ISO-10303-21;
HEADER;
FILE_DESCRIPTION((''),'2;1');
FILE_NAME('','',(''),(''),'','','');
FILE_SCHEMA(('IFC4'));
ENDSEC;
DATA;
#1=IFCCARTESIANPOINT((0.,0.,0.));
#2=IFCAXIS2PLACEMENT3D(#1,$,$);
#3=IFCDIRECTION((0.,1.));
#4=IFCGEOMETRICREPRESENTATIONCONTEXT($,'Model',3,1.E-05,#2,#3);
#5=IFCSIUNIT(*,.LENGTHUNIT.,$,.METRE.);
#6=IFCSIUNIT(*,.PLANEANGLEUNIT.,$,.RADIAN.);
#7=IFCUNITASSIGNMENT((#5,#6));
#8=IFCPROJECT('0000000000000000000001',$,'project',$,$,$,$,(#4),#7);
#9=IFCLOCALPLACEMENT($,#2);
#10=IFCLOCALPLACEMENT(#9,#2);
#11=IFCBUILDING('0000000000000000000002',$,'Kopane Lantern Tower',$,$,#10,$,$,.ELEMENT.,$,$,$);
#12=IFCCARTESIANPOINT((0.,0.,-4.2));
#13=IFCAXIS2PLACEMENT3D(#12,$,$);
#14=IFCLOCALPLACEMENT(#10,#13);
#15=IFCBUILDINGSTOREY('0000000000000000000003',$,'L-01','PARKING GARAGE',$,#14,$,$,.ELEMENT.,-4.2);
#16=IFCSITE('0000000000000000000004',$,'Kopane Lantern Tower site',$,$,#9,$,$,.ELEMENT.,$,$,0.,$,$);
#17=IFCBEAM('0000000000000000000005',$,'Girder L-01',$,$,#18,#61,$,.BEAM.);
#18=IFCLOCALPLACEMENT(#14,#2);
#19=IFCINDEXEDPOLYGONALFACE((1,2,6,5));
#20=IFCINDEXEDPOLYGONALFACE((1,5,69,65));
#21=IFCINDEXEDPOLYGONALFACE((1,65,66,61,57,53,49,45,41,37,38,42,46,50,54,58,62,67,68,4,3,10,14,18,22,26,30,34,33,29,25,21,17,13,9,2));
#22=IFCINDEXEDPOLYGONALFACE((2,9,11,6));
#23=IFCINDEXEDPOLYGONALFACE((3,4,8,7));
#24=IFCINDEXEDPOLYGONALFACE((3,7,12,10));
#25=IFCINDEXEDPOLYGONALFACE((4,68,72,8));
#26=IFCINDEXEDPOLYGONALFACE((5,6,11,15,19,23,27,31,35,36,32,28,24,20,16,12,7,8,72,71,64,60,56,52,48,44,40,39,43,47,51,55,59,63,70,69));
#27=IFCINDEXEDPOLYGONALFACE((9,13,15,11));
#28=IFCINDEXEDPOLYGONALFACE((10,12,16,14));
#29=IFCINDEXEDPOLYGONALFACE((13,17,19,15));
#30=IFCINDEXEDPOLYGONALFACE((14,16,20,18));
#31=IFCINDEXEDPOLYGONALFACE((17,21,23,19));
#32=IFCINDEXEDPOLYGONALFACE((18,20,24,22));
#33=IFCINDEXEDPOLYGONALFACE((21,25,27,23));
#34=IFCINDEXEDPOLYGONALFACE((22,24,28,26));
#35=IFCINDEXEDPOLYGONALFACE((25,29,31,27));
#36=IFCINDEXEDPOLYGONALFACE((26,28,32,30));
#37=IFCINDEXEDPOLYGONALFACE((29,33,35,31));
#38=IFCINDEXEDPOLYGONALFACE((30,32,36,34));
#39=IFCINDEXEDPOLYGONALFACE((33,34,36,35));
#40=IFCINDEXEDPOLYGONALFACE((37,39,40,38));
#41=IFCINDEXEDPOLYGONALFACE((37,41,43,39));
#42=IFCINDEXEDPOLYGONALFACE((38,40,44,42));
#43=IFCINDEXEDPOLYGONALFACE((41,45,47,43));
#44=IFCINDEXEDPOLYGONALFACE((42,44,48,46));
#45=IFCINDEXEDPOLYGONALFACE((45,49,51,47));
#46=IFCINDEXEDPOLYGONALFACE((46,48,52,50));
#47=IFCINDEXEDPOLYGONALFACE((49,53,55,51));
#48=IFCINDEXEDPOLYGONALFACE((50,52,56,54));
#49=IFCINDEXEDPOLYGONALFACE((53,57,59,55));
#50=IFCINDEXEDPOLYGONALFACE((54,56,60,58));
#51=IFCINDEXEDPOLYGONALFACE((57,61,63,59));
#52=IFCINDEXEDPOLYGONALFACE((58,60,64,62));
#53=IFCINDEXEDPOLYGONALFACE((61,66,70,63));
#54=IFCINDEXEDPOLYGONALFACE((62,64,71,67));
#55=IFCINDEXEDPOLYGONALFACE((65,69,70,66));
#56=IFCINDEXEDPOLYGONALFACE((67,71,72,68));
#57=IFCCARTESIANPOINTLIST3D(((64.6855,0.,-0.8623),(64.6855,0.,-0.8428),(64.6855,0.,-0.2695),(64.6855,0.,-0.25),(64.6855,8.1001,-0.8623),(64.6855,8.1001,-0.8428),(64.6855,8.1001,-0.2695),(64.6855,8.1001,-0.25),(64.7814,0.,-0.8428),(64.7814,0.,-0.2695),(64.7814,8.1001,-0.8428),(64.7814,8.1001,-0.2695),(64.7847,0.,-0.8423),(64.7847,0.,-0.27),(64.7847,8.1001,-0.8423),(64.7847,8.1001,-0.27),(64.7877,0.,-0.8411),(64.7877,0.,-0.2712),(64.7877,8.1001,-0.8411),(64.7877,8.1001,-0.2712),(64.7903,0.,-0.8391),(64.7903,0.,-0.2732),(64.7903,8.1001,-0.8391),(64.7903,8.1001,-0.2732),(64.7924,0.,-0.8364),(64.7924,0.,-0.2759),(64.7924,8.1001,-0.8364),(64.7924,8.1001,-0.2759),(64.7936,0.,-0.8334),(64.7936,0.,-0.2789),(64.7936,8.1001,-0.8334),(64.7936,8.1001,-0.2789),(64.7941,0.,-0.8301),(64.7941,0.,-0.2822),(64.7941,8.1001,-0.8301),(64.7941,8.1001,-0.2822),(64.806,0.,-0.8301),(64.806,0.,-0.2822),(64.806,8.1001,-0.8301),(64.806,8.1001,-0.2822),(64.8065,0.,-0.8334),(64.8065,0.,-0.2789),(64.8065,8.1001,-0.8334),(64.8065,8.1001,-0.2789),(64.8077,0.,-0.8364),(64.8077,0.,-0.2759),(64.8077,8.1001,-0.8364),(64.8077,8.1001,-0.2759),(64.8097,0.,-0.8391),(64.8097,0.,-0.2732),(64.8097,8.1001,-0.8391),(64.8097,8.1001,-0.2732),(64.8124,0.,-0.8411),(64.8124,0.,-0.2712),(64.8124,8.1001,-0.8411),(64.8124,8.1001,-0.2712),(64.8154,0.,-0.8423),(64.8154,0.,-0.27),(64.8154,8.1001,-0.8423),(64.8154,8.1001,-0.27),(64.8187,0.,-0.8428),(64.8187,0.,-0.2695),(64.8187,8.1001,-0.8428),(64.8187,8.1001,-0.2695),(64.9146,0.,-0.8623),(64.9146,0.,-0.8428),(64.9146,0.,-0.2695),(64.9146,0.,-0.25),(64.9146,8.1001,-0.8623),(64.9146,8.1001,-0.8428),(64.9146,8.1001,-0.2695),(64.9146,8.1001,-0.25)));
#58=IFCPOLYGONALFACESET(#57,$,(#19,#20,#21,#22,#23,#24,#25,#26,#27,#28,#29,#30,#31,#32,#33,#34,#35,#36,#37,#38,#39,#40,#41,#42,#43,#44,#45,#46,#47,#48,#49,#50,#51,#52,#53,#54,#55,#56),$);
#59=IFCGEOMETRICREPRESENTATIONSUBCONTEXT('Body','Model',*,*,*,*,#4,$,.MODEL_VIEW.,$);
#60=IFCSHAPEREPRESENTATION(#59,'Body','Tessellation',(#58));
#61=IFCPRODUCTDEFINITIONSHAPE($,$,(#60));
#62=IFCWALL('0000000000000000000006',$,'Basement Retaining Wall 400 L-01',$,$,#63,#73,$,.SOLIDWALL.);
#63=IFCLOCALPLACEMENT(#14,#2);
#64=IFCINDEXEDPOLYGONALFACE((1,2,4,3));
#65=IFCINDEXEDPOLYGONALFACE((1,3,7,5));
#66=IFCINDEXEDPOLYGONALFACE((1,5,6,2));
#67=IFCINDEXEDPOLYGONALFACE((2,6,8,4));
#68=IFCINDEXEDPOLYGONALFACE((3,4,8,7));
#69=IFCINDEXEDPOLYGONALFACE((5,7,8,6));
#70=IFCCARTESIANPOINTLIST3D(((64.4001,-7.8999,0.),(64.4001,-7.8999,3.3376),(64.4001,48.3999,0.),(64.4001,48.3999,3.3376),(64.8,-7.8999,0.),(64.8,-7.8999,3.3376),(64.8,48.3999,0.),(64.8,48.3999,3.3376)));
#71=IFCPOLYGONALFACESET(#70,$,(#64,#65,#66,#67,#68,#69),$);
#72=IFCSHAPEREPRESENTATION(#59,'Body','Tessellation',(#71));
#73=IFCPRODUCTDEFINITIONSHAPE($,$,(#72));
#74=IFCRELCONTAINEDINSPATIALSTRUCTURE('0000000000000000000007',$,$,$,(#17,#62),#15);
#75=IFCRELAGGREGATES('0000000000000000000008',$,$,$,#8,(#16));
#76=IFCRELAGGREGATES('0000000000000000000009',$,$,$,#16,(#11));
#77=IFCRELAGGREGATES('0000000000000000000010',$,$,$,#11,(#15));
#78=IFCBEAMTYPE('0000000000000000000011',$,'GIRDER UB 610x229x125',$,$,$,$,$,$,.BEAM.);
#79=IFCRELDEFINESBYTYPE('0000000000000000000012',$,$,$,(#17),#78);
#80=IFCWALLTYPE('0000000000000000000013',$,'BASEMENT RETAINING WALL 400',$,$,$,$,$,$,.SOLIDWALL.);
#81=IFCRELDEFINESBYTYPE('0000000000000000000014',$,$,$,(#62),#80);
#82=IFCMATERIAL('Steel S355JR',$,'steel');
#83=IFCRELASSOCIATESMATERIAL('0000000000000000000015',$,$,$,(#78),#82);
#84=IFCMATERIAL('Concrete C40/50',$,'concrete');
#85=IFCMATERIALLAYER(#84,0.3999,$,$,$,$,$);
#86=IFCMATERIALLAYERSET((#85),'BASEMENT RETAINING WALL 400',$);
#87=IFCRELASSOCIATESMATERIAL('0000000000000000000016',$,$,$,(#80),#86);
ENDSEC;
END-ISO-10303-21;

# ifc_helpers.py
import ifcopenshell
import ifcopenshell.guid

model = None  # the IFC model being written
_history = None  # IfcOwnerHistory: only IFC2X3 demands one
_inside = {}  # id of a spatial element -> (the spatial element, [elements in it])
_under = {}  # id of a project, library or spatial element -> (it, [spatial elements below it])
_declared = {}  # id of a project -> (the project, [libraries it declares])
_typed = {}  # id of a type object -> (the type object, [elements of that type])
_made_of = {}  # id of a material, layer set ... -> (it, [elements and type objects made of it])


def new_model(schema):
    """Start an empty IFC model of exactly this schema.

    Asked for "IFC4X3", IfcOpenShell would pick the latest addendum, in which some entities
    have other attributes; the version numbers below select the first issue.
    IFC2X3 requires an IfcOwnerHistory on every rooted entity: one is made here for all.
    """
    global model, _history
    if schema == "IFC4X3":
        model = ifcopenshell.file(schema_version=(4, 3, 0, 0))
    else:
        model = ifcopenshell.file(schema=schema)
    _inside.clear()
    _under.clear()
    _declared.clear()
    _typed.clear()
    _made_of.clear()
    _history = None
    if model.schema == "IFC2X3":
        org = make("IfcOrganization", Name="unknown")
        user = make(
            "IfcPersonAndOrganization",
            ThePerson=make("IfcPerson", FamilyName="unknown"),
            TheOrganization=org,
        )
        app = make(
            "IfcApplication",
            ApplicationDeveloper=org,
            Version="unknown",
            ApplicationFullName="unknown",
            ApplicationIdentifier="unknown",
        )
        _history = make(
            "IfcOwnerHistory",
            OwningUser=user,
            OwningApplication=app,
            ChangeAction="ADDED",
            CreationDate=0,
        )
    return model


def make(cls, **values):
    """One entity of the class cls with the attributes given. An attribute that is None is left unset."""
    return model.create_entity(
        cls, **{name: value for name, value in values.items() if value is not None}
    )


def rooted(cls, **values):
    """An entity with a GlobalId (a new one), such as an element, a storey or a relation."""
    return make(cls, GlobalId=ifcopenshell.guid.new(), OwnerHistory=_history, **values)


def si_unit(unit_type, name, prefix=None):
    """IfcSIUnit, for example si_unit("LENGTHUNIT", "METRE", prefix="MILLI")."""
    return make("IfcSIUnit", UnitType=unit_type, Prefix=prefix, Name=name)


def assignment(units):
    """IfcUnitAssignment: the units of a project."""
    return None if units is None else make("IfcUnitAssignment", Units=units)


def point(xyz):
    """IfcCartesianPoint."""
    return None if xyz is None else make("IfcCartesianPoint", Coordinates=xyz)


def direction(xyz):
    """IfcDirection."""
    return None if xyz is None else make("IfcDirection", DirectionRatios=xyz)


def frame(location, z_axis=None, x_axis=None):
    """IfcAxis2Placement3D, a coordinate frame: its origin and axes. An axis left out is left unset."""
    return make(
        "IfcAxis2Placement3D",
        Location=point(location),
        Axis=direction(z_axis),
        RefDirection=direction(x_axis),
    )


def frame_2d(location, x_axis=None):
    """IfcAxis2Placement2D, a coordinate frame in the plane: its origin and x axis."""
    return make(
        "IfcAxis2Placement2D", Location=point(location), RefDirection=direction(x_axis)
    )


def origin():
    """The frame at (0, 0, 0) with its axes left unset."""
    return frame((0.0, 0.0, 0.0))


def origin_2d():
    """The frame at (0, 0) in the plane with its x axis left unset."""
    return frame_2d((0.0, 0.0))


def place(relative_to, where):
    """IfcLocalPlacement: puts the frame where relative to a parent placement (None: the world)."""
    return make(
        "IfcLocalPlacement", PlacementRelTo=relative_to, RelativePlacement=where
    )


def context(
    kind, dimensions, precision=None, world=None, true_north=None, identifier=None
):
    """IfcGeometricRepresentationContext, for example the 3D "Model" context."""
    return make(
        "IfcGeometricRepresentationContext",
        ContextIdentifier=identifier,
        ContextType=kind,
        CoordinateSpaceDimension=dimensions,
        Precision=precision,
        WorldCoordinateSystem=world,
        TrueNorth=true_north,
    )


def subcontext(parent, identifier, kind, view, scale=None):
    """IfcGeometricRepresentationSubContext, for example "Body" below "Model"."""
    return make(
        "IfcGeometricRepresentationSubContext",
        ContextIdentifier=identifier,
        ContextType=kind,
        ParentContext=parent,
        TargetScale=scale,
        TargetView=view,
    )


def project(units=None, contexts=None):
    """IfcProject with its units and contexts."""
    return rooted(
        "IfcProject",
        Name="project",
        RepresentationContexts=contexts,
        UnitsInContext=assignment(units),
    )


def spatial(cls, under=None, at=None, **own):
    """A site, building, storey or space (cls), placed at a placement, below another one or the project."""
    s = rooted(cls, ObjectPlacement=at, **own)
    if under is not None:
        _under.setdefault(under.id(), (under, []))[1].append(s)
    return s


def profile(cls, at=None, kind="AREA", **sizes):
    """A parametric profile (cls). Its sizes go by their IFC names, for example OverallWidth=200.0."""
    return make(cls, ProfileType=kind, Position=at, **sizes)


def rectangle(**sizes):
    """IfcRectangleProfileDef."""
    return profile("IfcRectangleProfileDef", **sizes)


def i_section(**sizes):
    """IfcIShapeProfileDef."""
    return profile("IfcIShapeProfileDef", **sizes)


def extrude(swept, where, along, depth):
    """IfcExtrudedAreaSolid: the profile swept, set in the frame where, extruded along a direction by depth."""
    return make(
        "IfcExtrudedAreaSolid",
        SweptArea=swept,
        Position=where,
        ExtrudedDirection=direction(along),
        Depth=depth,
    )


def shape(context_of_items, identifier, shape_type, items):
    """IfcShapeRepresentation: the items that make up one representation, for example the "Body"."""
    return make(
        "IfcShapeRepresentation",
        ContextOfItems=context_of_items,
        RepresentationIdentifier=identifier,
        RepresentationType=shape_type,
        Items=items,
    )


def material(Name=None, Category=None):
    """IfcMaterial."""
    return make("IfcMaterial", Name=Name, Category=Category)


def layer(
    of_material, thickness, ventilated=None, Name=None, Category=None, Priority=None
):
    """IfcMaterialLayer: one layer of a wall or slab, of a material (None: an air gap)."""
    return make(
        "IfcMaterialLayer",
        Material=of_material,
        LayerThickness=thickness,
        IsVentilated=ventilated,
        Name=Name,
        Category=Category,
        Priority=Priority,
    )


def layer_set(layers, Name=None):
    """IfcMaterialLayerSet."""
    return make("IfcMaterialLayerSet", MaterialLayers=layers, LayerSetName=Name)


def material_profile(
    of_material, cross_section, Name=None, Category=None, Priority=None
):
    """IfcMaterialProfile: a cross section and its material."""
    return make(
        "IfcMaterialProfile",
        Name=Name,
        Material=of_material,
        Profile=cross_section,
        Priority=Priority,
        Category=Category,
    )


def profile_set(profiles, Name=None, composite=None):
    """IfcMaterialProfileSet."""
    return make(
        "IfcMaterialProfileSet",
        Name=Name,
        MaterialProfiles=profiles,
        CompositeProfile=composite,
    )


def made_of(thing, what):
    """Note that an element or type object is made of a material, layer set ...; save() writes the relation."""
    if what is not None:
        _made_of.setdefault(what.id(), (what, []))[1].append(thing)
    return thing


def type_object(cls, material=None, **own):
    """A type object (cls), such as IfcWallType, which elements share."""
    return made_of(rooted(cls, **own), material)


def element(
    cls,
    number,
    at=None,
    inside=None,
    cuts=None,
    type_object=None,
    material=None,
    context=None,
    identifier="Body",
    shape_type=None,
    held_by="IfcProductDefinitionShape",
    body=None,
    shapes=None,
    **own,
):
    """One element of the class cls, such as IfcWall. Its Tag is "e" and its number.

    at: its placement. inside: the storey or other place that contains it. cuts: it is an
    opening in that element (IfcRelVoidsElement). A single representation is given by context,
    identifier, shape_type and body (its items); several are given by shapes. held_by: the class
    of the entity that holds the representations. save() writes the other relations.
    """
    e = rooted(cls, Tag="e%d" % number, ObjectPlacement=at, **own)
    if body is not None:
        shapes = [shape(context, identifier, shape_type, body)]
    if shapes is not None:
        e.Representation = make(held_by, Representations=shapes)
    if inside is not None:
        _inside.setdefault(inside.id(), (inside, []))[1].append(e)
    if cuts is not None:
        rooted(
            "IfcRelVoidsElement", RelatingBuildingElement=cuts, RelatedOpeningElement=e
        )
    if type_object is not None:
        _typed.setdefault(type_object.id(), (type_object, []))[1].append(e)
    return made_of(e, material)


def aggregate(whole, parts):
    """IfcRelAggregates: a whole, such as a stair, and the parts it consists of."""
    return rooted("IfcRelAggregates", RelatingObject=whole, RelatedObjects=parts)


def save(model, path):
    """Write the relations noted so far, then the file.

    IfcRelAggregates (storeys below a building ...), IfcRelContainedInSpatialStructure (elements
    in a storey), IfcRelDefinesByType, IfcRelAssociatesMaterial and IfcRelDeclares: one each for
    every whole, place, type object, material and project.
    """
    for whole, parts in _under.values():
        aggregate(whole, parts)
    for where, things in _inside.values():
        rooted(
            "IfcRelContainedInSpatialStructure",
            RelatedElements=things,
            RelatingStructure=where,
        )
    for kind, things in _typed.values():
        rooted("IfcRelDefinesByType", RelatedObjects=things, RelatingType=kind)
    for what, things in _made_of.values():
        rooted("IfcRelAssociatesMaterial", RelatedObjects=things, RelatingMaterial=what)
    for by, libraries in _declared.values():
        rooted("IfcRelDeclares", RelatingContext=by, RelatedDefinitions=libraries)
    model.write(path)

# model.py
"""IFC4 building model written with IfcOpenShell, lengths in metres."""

from ifc_helpers import new_model, si_unit, direction, frame, frame_2d, origin, origin_2d, place, context, subcontext, project, spatial, rectangle, i_section, extrude, material, layer, layer_set, material_profile, profile_set, type_object, element, save


model = new_model("IFC4")

# Units and contexts
model_context = context("Model", 3, precision=1e-05, world=origin(), true_north=direction((0.0, 1.0)))
body_context = subcontext(model_context, "Body", "Model", "MODEL_VIEW")
ifc_project = project(units=[si_unit("LENGTHUNIT", "METRE"), si_unit("PLANEANGLEUNIT", "RADIAN")], contexts=[model_context])

# Site, building, storey
site_placement = place(None, origin())
site = spatial("IfcSite", under=ifc_project, at=site_placement, Name="Kopane Lantern Tower site", CompositionType="ELEMENT", RefElevation=0.0)
building_placement = place(site_placement, origin())
building = spatial("IfcBuilding", under=site, at=building_placement, Name="Kopane Lantern Tower", CompositionType="ELEMENT")
storey_placement = place(building_placement, frame((0.0, 0.0, -4.2)))
storey = spatial("IfcBuildingStorey", under=building, at=storey_placement, Name="L-01", Description="PARKING GARAGE", CompositionType="ELEMENT", Elevation=-4.2)

# Beam
ifc_material_1 = material(Name="Steel S355JR", Category="steel")
ifc_material_profile_1 = material_profile(ifc_material_1, i_section(OverallWidth=0.229, OverallDepth=0.6123, WebThickness=0.012, FlangeThickness=0.0195, FilletRadius=0.0127, at=origin_2d()), Name="UB 610x229x125")
ifc_profile_set_1 = profile_set([ifc_material_profile_1], Name="Steel S355JR")
beam_type = type_object("IfcBeamType", Name="GIRDER UB 610x229x125", PredefinedType="BEAM", material=ifc_profile_set_1)
for number, where, z_axis, x_axis, name in (
    (1, (64.8, 0.0, -0.5562), (0.0, 1.0, 0.0), (-1.0, 0.0, 0.0), "Girder L-01"),
):
    element("IfcBeam", number, at=place(storey_placement, frame(where, z_axis=z_axis, x_axis=x_axis)), inside=storey, type_object=beam_type, Name=name, PredefinedType="BEAM", context=body_context, shape_type="SweptSolid", body=[
        extrude(i_section(OverallWidth=0.229, OverallDepth=0.6123, WebThickness=0.012, FlangeThickness=0.0195, FilletRadius=0.0127, at=origin_2d()), origin(), (0.0, 0.0, 1.0), 8.1001),
    ])

# Wall
ifc_material_2 = material(Name="Concrete C40/50", Category="concrete")
ifc_layer = layer(ifc_material_2, 0.3999)
ifc_layer_set = layer_set([ifc_layer], Name="BASEMENT RETAINING WALL 400")
wall_type = type_object("IfcWallType", Name="BASEMENT RETAINING WALL 400", PredefinedType="SOLIDWALL", material=ifc_layer_set)
wall_placement = place(storey_placement, frame((64.6001, -7.8999, 0.0), z_axis=(0.0, 0.0, 1.0), x_axis=(0.0, 1.0, 0.0)))
element("IfcWall", 2, at=wall_placement, inside=storey, type_object=wall_type, Name="Basement Retaining Wall 400 L-01", PredefinedType="SOLIDWALL", context=body_context, shape_type="SweptSolid", body=[
    extrude(rectangle(XDim=56.2998, YDim=0.3999, at=frame_2d((28.1499, 0.0))), origin(), (0.0, 0.0, 1.0), 3.3376),
])

save(model, "model.ifc")
